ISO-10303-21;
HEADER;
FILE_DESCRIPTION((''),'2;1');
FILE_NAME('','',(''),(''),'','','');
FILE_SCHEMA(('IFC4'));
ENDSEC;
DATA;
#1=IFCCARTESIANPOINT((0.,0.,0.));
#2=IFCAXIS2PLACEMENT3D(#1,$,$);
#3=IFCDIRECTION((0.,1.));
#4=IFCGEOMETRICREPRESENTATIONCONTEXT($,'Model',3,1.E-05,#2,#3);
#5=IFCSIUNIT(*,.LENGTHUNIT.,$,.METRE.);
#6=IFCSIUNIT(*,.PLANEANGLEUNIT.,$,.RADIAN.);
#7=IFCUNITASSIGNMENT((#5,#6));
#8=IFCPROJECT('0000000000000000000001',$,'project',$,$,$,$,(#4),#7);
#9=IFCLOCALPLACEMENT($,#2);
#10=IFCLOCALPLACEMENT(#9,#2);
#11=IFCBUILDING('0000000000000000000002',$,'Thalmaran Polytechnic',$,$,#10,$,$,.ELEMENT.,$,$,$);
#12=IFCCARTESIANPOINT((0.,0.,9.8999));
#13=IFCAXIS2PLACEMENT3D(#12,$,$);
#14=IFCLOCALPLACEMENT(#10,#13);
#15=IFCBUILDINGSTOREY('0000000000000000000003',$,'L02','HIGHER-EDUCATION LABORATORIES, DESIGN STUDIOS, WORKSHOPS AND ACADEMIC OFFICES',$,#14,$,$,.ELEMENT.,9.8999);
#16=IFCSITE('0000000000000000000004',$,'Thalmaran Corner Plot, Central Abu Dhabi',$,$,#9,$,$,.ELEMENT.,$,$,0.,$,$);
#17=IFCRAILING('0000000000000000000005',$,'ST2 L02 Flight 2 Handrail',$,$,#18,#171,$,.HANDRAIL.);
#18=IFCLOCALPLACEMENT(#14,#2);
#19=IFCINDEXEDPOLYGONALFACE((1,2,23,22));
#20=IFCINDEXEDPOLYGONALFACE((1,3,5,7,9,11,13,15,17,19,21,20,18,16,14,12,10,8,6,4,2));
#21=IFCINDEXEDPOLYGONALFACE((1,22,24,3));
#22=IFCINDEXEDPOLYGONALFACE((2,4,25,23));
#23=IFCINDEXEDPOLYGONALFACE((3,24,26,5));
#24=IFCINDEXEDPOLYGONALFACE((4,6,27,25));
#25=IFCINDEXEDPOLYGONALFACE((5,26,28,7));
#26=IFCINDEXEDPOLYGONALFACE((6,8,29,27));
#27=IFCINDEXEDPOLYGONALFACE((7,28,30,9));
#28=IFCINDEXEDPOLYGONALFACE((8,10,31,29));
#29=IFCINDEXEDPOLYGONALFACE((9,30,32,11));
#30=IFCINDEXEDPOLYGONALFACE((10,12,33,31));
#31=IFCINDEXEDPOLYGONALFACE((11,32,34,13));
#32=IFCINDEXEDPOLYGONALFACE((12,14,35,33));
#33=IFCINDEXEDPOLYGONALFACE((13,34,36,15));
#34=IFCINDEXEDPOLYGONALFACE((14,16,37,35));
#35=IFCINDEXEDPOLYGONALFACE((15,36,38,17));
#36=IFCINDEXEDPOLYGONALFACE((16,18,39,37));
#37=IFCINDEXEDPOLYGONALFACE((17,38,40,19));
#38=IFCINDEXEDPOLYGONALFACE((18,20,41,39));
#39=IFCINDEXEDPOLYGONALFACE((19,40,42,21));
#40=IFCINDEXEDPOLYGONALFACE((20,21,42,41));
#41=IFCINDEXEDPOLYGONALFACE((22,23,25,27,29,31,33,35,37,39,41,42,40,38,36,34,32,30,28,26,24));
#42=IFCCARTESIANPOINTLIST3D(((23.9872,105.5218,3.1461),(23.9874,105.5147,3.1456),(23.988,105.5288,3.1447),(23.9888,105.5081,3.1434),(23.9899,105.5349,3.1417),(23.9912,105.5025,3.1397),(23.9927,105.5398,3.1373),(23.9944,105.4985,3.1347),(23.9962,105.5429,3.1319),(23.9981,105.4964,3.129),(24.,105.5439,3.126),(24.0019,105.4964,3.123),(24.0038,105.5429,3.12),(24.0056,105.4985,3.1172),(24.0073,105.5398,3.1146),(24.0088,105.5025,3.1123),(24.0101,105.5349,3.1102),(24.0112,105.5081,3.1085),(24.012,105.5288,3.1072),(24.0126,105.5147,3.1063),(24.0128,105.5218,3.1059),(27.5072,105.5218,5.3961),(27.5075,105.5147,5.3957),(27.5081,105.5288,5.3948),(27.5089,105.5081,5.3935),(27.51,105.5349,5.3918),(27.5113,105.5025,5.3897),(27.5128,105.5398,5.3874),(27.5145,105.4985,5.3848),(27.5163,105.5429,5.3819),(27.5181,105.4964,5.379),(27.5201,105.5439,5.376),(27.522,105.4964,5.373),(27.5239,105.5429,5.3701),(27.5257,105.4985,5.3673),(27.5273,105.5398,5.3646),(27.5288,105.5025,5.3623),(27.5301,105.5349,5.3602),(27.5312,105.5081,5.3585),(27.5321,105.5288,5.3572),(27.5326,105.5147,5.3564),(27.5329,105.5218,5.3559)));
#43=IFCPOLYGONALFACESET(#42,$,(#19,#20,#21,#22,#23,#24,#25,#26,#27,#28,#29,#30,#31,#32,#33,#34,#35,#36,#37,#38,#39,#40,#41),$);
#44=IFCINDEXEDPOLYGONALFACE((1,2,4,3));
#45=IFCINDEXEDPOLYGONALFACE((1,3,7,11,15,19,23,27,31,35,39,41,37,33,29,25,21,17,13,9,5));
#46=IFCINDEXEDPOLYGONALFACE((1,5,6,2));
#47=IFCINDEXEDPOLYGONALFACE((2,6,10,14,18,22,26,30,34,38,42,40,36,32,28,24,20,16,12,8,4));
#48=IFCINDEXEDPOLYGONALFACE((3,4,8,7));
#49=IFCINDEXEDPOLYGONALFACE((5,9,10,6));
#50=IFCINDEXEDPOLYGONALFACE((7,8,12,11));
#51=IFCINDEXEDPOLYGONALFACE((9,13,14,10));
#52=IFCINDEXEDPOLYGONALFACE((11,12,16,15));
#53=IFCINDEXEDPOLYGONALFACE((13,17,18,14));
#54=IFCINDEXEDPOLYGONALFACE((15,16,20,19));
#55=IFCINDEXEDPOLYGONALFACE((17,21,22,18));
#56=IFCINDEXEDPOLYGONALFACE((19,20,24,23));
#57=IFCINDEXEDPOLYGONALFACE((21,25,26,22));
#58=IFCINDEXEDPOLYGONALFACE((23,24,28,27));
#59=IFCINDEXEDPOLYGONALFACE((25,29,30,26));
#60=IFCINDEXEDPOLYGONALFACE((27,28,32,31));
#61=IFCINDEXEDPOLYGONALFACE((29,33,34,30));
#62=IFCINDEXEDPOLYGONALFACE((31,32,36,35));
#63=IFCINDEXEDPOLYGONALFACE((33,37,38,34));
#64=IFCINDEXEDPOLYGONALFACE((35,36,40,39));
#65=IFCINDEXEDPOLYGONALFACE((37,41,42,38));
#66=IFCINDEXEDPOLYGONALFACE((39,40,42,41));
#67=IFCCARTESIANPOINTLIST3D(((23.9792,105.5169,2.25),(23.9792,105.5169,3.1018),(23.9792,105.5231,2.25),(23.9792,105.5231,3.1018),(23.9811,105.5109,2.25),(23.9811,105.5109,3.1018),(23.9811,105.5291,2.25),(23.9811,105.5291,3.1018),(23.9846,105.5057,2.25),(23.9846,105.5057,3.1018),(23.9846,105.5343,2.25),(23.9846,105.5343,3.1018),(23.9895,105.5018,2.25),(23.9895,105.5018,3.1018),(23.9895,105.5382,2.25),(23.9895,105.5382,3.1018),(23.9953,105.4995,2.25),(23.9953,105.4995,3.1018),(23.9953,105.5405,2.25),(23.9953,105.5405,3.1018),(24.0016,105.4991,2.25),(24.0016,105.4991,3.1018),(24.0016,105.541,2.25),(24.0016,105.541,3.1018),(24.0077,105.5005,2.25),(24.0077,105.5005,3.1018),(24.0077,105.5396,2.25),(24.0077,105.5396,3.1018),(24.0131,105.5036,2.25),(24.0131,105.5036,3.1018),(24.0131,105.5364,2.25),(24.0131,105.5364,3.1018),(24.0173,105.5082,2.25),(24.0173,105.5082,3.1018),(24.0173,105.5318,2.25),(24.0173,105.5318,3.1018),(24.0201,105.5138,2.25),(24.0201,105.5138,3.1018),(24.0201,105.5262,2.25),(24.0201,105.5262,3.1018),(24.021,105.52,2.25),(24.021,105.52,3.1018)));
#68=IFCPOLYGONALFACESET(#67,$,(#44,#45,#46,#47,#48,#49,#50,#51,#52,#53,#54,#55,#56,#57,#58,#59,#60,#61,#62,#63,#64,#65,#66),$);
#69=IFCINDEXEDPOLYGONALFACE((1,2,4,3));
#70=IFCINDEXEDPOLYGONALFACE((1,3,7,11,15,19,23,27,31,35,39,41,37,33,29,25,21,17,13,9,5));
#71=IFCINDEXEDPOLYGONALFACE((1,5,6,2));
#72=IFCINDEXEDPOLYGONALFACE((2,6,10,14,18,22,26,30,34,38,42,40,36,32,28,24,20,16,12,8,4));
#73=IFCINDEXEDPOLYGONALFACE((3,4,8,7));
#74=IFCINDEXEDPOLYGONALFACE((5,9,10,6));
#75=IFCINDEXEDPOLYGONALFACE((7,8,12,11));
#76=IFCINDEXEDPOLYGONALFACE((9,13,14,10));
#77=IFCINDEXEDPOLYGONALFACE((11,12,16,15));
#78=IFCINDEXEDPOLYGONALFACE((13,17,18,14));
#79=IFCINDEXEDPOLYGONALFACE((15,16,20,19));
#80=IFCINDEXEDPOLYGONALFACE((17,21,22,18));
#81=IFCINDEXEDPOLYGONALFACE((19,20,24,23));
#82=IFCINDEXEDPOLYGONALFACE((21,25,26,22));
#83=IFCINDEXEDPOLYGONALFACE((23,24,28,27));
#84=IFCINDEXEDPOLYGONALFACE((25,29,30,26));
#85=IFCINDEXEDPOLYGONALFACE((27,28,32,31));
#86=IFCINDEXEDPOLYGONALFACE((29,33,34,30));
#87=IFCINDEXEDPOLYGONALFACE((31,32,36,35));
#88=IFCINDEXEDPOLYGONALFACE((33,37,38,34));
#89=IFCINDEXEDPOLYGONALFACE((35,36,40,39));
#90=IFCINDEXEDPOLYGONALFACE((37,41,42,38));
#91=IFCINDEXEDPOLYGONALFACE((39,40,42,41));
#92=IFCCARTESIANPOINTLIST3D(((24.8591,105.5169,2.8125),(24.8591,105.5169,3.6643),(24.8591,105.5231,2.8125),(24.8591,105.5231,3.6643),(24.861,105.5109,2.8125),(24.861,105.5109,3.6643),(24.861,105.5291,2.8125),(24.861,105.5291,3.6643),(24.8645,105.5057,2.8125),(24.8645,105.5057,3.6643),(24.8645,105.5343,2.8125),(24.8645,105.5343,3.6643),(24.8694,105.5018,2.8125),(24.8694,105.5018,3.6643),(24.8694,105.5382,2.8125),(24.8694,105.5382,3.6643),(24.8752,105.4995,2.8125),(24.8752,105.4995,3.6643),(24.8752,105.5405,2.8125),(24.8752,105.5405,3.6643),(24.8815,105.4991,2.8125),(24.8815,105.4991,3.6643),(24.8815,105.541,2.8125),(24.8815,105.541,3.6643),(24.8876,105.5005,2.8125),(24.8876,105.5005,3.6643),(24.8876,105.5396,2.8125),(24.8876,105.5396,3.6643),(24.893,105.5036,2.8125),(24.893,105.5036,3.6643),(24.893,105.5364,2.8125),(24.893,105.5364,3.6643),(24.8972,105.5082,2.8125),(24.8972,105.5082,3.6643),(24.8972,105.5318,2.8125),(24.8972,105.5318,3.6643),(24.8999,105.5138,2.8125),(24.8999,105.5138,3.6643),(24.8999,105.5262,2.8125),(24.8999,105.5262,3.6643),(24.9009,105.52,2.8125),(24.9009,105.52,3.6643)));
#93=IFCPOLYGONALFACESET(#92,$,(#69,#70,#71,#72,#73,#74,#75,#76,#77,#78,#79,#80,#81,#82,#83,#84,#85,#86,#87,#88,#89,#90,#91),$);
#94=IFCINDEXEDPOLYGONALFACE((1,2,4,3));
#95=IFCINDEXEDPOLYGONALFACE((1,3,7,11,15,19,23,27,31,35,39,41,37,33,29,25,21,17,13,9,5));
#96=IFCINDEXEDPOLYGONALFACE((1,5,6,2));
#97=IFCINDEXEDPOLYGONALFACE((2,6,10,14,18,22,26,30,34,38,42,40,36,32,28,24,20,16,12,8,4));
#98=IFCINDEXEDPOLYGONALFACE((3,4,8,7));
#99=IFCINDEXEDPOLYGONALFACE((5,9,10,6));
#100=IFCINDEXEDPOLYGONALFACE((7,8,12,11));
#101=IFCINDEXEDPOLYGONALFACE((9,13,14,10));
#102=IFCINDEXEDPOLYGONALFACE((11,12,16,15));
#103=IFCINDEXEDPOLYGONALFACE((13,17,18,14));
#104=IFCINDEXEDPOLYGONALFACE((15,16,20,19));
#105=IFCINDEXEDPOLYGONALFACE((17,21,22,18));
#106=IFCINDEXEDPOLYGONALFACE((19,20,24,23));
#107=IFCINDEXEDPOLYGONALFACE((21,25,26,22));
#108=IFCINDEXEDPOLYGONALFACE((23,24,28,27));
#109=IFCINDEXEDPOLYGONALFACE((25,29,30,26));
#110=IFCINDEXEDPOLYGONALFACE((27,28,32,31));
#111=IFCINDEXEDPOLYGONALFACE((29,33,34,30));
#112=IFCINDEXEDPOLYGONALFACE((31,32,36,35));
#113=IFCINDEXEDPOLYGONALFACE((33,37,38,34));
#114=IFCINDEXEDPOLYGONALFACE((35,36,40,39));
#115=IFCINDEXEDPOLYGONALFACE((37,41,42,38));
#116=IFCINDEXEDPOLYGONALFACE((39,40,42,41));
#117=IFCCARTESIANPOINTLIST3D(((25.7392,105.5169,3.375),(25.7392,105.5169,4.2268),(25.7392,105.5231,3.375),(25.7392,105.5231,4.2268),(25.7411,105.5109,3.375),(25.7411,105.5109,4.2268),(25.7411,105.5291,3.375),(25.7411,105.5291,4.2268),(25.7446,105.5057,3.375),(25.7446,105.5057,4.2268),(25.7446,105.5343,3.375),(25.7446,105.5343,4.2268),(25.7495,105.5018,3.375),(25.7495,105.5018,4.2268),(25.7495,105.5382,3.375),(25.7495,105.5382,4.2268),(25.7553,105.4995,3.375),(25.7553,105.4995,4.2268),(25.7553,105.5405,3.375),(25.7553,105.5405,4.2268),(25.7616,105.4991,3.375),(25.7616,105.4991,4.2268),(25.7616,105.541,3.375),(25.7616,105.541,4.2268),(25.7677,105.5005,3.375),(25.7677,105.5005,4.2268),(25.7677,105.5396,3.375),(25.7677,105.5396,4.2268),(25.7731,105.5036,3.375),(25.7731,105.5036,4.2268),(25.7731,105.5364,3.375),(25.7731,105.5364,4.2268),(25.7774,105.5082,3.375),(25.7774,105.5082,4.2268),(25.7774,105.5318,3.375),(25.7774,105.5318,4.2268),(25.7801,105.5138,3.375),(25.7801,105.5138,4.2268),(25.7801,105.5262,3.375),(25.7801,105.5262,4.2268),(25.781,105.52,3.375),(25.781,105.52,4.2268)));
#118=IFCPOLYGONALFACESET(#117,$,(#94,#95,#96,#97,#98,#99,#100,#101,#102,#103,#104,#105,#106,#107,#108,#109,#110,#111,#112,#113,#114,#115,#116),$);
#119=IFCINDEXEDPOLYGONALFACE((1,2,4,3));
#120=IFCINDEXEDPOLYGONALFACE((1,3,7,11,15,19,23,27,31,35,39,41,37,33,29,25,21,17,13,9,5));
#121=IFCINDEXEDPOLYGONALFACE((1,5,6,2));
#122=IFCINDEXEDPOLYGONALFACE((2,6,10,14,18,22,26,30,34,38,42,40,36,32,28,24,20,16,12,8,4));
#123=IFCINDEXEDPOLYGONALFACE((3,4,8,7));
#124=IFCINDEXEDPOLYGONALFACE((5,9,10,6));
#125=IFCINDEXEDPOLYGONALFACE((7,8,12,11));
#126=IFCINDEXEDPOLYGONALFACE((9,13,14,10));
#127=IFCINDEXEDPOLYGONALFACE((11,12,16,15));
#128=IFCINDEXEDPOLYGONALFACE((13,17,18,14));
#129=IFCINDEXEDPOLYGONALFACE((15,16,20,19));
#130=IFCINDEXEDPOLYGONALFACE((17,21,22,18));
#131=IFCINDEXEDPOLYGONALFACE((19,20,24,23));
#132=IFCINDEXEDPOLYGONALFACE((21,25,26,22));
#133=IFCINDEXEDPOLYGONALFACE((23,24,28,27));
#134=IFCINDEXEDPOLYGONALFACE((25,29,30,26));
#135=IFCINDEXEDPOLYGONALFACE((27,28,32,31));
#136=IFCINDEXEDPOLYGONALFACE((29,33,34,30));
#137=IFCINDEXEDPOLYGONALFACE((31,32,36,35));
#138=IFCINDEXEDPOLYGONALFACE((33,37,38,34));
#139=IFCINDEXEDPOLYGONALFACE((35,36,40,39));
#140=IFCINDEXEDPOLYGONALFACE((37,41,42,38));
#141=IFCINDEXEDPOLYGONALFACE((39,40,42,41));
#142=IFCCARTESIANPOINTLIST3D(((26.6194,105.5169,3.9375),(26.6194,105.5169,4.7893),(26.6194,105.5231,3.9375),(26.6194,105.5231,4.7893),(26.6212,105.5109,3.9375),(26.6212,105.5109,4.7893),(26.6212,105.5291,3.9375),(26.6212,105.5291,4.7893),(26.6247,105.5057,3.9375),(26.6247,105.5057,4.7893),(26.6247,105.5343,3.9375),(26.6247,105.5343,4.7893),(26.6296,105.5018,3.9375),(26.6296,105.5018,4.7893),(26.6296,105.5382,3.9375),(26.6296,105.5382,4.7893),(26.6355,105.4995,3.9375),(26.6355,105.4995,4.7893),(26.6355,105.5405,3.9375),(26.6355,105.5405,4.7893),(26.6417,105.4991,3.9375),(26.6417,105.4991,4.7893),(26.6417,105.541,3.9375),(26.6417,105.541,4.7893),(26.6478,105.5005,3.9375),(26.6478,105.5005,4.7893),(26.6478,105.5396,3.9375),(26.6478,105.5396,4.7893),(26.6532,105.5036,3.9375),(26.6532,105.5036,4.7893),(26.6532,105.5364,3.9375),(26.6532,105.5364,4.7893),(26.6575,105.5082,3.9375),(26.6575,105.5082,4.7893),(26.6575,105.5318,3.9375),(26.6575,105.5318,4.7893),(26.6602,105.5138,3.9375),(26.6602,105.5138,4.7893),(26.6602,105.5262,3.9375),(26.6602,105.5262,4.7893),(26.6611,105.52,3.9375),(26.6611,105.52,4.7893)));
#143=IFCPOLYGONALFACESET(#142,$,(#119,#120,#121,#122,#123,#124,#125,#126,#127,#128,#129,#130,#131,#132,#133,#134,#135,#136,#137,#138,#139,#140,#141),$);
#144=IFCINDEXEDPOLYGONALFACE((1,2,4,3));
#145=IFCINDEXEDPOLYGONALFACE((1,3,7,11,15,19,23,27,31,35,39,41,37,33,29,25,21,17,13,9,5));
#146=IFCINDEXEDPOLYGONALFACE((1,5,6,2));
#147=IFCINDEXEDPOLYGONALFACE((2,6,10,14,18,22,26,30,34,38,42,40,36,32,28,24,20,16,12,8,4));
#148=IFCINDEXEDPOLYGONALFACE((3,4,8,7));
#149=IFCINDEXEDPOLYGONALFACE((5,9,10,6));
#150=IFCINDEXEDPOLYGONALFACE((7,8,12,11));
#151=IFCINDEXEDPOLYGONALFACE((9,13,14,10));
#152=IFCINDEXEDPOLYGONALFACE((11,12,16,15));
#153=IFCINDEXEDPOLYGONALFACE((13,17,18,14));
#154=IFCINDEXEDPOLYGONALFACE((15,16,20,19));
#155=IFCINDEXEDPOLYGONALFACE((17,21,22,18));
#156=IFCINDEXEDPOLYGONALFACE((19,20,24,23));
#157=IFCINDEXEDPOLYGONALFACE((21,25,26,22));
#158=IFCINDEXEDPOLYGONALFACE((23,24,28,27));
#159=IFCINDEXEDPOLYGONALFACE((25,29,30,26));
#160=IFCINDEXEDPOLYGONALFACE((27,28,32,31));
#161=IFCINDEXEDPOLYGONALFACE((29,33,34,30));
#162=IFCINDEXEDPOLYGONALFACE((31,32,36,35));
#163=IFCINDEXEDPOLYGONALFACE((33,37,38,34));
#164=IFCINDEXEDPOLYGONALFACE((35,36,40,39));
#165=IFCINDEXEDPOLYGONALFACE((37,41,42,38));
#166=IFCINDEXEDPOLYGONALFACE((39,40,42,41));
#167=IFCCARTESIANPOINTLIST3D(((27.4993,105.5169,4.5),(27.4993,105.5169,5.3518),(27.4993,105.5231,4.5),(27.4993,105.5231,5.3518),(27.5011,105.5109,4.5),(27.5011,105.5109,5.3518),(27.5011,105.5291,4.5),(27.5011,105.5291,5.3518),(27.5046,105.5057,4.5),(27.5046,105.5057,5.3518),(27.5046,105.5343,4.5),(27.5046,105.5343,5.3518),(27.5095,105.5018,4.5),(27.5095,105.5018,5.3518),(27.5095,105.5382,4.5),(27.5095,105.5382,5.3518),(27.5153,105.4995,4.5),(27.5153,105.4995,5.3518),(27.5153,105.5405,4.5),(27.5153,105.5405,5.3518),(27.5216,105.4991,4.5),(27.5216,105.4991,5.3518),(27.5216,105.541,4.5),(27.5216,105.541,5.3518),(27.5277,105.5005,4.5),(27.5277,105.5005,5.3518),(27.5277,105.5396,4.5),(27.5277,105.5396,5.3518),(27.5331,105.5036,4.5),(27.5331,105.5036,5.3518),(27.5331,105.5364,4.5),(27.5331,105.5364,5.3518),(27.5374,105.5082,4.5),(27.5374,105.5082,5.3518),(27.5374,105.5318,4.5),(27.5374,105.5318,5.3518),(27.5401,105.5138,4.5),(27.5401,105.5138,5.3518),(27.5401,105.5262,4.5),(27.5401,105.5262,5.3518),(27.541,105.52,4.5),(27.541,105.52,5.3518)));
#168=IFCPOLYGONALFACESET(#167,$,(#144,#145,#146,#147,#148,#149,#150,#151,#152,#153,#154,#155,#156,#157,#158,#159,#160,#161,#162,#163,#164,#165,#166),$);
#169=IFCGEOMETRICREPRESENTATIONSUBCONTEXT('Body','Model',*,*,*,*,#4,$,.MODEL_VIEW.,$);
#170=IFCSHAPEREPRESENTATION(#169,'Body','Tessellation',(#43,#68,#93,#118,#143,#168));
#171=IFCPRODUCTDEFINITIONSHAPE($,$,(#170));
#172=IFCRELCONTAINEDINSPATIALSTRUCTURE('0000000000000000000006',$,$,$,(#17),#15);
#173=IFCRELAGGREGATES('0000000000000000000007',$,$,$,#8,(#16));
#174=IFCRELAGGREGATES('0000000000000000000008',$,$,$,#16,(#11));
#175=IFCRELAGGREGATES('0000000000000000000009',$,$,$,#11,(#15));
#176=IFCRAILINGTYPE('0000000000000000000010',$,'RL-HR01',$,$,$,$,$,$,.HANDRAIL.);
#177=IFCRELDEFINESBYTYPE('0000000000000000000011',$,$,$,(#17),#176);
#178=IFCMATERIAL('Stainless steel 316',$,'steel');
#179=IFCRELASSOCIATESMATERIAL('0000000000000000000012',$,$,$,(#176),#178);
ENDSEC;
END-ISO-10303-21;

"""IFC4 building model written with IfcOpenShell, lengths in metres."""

from ifc_helpers import new_model, si_unit, direction, frame, origin, origin_2d, place, context, subcontext, project, spatial, circle, extrude, material, type_object, element, save


model = new_model("IFC4")

# Units and contexts
model_context = context("Model", 3, precision=1e-05, world=origin(), true_north=direction((0.0, 1.0)))
body_context = subcontext(model_context, "Body", "Model", "MODEL_VIEW")
ifc_project = project(units=[si_unit("LENGTHUNIT", "METRE"), si_unit("PLANEANGLEUNIT", "RADIAN")], contexts=[model_context])

# Site, building, storey
site_placement = place(None, origin())
site = spatial("IfcSite", under=ifc_project, at=site_placement, Name="Thalmaran Corner Plot, Central Abu Dhabi", CompositionType="ELEMENT", RefElevation=0.0)
building_placement = place(site_placement, origin())
building = spatial("IfcBuilding", under=site, at=building_placement, Name="Thalmaran Polytechnic", CompositionType="ELEMENT")
storey_placement = place(building_placement, frame((0.0, 0.0, 9.8999)))
storey = spatial("IfcBuildingStorey", under=building, at=storey_placement, Name="L02", Description="HIGHER-EDUCATION LABORATORIES, DESIGN STUDIOS, WORKSHOPS AND ACADEMIC OFFICES", CompositionType="ELEMENT", Elevation=9.8999)

# Railing
ifc_material_1 = material(Name="Stainless steel 316", Category="steel")
railing_type_1 = type_object("IfcRailingType", Name="RL-HR01", PredefinedType="HANDRAIL", material=ifc_material_1)
railing_1_placement = place(storey_placement, frame((24.0, 105.52, 2.25)))
element("IfcRailing", 1, at=railing_1_placement, inside=storey, type_object=railing_type_1, Name="ST2 L02 Flight 2 Handrail", PredefinedType="HANDRAIL", context=body_context, shape_type="SweptSolid", body=[
    extrude(circle(Radius=0.0239, at=origin_2d()), frame((0.0, 0.0, 0.876), z_axis=(0.842577, 0.0, 0.538576), x_axis=(0.0, 1.0, 0.0)), (0.0, 0.0, 1.0), 4.1777),
    extrude(circle(Radius=0.021, at=origin_2d()), origin(), (0.0, 0.0, 1.0), 0.8518),
    extrude(circle(Radius=0.021, at=origin_2d()), frame((0.8799, 0.0, 0.5625)), (0.0, 0.0, 1.0), 0.8518),
    extrude(circle(Radius=0.021, at=origin_2d()), frame((1.76, 0.0, 1.125)), (0.0, 0.0, 1.0), 0.8518),
    extrude(circle(Radius=0.021, at=origin_2d()), frame((2.6401, 0.0, 1.6875)), (0.0, 0.0, 1.0), 0.8518),
    extrude(circle(Radius=0.021, at=origin_2d()), frame((3.52, 0.0, 2.25)), (0.0, 0.0, 1.0), 0.8518),
])

save(model, "model.ifc")
